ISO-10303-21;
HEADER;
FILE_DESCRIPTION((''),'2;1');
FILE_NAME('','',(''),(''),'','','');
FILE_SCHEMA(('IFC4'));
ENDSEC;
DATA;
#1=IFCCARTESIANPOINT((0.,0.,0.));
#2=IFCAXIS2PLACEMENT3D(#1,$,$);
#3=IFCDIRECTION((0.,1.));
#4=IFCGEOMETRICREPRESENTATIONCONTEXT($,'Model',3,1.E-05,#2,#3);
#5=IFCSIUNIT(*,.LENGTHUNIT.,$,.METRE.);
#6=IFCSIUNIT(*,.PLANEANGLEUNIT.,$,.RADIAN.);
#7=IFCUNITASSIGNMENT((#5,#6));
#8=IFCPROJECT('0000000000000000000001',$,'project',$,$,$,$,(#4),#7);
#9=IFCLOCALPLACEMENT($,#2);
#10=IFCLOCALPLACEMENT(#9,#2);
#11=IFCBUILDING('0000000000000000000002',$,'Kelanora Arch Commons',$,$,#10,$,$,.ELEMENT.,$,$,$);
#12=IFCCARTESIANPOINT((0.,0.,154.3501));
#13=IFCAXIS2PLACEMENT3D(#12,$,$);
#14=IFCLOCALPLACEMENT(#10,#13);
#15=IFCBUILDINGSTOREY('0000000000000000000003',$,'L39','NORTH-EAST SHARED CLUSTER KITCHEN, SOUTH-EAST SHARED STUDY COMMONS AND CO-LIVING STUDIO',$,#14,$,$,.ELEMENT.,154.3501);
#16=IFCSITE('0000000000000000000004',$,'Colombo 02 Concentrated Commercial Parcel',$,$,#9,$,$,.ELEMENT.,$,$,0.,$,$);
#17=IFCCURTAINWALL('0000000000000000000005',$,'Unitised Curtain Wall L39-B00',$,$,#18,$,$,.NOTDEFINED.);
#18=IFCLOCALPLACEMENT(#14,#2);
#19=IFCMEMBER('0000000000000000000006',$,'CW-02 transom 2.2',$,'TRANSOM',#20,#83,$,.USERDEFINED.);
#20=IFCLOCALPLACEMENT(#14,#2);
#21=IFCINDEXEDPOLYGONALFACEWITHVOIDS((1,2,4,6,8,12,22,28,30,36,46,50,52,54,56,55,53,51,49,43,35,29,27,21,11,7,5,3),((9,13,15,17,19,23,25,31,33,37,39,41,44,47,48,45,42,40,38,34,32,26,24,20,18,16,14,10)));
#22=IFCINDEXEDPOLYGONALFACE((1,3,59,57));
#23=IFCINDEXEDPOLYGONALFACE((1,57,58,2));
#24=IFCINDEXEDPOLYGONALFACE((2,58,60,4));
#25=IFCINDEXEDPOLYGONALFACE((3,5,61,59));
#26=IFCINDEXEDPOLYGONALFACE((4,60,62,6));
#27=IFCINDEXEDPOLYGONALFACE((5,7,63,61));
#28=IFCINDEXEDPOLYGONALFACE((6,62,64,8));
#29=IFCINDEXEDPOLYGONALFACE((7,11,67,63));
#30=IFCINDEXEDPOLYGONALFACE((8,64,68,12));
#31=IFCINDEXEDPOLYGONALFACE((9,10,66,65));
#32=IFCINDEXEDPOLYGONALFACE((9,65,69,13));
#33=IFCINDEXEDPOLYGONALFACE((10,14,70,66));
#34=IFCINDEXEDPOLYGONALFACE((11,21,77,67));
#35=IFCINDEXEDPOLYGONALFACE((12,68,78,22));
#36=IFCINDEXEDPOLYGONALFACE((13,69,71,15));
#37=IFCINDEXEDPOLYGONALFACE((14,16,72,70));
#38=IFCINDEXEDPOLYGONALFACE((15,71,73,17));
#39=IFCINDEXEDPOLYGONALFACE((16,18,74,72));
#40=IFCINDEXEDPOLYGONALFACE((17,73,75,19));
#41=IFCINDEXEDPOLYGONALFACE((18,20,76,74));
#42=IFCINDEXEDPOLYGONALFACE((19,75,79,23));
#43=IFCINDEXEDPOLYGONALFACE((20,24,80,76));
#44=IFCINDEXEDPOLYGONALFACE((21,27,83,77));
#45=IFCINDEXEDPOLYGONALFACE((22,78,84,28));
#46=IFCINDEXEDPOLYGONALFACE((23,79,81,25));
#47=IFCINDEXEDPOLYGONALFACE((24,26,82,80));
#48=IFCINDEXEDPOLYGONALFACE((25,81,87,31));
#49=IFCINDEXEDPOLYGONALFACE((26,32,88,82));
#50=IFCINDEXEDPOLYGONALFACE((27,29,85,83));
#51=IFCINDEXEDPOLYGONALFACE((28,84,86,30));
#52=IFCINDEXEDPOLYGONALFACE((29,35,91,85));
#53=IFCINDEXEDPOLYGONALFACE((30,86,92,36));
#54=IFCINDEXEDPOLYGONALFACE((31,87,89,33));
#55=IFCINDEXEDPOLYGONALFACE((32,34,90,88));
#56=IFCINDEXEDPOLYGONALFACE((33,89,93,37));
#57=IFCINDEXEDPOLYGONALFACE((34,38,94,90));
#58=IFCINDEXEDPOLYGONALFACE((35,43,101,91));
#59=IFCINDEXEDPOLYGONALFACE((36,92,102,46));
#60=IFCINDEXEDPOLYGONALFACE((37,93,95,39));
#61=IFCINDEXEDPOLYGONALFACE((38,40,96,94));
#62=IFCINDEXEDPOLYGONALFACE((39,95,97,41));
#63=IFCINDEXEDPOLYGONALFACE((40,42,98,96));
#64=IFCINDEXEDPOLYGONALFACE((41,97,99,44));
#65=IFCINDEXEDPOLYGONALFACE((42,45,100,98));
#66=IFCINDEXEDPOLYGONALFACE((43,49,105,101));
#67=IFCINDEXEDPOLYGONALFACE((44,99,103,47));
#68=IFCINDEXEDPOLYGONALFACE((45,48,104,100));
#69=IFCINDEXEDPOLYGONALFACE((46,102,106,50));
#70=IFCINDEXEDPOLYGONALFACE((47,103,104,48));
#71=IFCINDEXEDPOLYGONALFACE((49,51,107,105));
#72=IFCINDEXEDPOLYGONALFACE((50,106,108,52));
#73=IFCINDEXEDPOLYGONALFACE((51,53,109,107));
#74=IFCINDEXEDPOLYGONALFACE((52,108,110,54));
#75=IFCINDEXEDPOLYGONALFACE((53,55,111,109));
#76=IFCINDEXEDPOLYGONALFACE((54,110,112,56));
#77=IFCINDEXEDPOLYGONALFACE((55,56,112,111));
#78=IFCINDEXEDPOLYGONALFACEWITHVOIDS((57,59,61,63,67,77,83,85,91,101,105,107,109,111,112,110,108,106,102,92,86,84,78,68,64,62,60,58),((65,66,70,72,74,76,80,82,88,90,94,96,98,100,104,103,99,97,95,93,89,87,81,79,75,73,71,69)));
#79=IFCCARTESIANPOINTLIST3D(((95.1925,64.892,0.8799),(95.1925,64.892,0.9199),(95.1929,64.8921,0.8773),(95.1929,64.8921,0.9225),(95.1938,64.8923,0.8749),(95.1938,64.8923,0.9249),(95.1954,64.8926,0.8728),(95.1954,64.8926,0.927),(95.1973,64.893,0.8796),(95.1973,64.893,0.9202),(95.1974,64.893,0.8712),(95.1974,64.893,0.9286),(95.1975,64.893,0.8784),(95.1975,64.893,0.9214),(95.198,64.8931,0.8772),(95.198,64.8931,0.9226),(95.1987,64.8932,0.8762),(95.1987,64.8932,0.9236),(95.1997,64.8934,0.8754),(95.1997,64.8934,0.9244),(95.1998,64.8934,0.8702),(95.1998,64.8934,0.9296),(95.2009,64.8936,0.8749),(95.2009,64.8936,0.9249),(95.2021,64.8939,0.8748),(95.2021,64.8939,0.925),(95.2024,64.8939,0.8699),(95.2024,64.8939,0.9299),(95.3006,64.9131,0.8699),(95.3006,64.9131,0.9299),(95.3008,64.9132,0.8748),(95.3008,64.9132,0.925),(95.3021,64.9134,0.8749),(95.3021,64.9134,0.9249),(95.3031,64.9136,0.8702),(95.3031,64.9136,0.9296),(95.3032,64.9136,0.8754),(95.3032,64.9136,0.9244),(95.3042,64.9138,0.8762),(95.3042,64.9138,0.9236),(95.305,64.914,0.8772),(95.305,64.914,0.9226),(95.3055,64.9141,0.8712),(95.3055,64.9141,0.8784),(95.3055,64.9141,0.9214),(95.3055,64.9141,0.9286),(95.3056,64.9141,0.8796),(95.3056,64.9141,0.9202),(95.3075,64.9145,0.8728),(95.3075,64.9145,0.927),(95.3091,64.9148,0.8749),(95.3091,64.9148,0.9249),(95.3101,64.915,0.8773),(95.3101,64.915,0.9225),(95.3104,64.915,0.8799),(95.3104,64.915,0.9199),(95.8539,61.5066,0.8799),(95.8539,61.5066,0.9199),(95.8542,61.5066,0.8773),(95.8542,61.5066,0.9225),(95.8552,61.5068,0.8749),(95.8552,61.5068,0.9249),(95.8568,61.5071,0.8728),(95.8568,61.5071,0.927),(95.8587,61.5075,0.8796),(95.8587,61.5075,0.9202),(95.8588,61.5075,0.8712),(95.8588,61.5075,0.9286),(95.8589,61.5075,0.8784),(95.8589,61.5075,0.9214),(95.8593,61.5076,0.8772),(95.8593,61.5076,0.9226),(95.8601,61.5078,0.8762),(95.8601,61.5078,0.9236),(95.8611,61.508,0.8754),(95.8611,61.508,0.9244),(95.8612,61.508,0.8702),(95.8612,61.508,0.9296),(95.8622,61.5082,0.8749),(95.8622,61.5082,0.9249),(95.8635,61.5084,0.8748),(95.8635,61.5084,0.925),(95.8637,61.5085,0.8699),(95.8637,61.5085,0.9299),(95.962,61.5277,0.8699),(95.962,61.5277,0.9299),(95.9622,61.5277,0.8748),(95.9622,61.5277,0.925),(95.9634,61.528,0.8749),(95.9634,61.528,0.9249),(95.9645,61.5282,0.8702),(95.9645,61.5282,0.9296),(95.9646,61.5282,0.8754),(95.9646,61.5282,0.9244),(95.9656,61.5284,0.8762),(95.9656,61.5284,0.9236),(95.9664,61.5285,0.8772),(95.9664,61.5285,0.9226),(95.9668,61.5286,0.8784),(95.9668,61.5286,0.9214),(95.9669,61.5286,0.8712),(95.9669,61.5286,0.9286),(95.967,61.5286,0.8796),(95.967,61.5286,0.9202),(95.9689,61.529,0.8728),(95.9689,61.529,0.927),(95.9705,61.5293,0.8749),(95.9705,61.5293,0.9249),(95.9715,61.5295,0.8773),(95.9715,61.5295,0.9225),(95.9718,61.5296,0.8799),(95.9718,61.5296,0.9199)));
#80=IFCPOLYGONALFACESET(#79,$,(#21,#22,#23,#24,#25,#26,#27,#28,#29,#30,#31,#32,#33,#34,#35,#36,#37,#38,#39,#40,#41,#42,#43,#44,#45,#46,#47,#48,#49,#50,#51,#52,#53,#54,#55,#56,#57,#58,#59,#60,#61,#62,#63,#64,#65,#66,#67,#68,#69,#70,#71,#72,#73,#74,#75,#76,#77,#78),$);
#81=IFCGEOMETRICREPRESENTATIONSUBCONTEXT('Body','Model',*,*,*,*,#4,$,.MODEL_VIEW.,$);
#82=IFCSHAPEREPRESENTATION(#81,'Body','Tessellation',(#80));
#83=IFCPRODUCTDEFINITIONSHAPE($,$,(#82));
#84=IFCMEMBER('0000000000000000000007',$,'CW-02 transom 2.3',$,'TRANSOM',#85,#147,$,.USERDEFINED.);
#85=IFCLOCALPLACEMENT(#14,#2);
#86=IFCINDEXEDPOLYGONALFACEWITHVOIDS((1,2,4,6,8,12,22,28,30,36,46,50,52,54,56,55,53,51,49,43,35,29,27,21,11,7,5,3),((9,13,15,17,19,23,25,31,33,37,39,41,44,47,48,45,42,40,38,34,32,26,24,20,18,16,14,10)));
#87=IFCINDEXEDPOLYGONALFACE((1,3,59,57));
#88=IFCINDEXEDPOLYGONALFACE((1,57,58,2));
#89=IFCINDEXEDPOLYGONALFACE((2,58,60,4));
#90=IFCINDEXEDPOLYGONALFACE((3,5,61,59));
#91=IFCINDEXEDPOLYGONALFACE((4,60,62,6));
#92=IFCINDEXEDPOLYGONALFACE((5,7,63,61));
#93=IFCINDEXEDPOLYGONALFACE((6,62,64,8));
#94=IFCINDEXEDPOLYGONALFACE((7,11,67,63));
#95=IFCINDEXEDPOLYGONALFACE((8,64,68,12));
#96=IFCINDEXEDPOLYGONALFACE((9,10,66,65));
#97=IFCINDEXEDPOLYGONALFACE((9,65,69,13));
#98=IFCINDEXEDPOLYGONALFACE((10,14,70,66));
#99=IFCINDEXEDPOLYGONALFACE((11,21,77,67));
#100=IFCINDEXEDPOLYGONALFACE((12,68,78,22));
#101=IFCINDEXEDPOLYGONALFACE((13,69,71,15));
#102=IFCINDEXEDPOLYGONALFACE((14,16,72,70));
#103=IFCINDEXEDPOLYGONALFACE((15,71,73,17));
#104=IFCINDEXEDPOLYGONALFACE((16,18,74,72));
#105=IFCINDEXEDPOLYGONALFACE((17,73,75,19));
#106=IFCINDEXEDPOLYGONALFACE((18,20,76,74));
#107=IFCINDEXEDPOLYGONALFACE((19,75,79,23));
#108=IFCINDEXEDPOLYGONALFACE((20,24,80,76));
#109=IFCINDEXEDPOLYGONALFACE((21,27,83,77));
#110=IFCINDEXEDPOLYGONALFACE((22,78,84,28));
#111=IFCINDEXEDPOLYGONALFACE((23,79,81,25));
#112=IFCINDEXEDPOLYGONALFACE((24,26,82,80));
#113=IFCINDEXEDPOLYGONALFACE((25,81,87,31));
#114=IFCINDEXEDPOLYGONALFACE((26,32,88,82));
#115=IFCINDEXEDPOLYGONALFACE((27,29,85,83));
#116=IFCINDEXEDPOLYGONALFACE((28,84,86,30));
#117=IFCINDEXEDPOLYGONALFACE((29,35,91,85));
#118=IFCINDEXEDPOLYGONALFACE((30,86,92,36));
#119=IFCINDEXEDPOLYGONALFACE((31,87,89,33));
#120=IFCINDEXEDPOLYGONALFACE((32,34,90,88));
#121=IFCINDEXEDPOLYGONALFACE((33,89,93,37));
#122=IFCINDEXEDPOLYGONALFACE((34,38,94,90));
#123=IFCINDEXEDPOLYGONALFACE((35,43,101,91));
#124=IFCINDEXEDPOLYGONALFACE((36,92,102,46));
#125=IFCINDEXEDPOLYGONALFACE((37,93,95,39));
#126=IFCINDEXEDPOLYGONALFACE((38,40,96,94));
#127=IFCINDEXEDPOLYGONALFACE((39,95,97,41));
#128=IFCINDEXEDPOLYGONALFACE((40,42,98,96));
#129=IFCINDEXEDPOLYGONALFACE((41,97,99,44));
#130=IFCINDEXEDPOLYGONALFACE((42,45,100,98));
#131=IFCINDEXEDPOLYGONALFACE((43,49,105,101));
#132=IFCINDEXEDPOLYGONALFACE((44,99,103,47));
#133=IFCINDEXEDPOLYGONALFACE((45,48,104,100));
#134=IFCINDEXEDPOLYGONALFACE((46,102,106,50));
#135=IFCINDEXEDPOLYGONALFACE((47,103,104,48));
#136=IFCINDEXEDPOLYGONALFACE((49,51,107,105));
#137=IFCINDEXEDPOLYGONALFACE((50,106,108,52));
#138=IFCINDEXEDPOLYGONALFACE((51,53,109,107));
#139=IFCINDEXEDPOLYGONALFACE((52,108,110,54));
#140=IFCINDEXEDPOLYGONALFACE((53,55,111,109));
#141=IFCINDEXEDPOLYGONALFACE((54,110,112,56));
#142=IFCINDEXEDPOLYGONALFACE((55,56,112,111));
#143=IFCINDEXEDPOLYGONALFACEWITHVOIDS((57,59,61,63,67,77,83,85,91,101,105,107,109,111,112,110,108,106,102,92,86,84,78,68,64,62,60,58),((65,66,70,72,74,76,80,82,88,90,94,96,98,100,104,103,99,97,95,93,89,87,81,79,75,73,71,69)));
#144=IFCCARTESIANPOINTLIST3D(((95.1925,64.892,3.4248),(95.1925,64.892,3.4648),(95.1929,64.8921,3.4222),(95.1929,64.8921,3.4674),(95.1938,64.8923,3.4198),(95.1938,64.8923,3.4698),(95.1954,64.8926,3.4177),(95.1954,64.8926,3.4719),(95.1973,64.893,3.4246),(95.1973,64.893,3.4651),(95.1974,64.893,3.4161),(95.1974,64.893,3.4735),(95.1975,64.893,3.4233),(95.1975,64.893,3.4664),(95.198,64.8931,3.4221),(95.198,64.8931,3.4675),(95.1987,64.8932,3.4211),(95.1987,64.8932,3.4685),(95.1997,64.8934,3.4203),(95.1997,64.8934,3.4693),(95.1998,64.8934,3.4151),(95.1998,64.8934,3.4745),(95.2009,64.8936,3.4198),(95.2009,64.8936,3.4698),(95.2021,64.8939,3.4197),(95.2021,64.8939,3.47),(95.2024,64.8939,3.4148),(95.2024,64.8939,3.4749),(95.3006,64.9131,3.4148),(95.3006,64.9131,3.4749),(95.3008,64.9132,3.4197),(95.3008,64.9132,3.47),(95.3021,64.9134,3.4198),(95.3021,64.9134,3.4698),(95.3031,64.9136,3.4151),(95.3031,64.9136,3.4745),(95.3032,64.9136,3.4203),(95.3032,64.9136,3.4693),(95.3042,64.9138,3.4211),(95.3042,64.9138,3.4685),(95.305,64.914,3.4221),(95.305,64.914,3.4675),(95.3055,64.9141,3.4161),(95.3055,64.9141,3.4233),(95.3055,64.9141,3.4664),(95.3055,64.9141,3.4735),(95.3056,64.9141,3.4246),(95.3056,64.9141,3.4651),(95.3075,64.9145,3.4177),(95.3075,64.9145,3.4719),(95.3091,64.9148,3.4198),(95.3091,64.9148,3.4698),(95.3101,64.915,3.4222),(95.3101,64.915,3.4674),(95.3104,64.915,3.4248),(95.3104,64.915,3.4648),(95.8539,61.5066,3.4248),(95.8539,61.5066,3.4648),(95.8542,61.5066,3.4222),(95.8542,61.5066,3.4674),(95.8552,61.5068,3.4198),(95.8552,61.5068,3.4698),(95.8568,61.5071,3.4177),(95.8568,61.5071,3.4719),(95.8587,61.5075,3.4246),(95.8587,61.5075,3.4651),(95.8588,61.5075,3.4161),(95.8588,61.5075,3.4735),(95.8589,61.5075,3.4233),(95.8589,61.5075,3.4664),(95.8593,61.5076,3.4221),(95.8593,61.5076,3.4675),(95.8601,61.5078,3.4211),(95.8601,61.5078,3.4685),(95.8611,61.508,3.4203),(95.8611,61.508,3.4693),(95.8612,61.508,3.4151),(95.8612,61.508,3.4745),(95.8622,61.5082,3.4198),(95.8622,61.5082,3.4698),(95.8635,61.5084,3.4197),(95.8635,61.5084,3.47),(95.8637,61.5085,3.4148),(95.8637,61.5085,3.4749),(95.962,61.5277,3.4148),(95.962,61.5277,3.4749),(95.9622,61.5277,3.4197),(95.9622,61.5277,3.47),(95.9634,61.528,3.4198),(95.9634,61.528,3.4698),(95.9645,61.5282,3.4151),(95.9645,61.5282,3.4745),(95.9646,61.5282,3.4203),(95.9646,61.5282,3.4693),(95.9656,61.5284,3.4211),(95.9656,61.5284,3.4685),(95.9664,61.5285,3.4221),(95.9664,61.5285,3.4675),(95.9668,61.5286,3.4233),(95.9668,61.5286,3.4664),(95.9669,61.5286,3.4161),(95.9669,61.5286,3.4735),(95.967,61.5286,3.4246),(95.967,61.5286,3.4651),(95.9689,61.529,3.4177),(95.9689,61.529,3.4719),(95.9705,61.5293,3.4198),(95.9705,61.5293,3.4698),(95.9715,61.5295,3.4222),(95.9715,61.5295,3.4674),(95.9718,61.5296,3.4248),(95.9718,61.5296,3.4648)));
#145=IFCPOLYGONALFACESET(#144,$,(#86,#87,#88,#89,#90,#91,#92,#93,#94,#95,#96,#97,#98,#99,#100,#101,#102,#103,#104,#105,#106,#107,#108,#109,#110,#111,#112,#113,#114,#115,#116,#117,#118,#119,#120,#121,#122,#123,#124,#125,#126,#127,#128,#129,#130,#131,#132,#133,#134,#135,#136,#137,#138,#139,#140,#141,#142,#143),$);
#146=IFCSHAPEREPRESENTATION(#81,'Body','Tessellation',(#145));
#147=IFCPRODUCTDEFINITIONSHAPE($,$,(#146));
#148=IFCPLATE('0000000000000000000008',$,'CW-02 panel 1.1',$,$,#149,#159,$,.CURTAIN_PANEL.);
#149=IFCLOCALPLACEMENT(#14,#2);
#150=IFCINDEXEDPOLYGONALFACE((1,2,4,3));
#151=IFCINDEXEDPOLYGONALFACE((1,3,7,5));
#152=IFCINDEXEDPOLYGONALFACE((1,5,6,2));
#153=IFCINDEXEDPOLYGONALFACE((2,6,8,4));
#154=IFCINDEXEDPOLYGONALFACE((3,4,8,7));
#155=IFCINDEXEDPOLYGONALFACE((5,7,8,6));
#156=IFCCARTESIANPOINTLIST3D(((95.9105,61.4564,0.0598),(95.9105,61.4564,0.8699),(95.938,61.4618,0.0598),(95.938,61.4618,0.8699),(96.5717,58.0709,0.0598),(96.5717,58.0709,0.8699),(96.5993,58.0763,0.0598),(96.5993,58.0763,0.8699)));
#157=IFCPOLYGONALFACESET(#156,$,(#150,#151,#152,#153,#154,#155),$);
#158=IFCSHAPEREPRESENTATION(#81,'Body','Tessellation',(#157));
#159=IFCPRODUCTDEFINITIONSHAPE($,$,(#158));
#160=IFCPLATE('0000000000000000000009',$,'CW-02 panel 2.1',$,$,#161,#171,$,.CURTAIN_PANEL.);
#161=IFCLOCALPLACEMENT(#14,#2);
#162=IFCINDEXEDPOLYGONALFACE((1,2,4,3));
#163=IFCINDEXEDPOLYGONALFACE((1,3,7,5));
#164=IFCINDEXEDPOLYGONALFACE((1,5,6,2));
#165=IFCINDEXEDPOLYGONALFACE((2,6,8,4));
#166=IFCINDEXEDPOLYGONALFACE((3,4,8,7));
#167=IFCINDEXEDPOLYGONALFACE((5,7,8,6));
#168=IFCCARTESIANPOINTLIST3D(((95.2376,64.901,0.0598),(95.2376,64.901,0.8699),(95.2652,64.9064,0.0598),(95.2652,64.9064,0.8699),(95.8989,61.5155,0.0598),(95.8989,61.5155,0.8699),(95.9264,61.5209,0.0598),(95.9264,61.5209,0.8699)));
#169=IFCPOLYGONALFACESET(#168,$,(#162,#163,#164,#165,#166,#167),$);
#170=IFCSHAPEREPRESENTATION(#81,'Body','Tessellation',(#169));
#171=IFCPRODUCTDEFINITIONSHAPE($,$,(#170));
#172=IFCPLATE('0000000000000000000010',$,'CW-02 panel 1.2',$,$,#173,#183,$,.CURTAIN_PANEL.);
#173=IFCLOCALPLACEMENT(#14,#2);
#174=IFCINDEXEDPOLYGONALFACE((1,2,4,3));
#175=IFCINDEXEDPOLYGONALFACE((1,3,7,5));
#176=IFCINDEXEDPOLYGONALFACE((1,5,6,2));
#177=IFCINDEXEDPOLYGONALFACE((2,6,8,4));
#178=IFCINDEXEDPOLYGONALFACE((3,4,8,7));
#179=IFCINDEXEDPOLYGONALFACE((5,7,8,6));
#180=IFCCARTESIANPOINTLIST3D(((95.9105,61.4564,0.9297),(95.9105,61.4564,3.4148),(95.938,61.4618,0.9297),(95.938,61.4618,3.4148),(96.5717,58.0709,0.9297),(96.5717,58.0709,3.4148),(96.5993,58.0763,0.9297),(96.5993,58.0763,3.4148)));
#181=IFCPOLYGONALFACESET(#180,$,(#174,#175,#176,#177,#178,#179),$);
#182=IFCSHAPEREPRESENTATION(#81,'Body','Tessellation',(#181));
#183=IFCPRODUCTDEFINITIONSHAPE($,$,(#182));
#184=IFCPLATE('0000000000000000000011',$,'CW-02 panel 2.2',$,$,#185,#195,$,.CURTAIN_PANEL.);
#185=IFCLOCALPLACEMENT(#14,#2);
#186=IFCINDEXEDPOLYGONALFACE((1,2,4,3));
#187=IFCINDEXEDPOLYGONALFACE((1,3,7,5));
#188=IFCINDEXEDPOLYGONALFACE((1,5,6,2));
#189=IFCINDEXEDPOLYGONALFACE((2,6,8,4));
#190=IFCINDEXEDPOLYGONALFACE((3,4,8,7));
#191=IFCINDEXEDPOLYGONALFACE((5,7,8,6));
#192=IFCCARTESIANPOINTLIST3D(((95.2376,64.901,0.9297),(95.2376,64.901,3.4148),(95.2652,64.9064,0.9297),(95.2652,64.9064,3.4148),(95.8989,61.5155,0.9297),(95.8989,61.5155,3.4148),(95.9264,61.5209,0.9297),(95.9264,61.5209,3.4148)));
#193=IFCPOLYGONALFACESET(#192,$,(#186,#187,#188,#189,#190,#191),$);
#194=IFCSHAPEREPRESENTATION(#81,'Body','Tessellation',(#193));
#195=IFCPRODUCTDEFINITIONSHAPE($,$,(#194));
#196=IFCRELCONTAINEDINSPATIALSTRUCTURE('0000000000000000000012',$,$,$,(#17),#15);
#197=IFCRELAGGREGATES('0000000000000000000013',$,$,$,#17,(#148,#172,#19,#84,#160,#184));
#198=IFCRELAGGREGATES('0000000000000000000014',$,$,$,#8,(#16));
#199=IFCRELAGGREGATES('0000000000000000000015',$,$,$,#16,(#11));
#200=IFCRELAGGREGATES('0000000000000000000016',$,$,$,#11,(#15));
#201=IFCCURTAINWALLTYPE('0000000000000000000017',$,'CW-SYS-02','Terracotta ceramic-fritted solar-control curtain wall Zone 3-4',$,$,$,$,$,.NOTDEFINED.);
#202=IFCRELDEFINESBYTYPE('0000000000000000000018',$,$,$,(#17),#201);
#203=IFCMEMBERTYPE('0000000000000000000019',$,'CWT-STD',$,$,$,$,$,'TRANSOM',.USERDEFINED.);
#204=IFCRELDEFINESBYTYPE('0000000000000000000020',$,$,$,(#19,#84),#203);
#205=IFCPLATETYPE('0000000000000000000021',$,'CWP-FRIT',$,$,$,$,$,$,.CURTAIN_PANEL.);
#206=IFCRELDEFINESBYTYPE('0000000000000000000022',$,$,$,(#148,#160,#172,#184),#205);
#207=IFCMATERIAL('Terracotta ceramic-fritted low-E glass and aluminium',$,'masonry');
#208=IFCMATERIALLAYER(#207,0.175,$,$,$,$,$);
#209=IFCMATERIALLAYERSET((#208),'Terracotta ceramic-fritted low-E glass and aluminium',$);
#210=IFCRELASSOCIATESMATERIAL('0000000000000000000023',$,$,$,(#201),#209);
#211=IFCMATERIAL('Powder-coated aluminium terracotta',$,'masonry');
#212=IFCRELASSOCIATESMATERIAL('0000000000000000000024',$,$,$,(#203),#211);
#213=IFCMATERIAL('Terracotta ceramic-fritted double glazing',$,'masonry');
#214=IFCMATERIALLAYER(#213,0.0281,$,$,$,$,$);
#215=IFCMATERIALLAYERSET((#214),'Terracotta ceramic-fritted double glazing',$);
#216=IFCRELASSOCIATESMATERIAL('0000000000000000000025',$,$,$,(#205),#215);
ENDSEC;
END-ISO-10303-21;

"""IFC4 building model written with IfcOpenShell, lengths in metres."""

from ifc_helpers import new_model, si_unit, direction, frame, origin, origin_2d, place, context, subcontext, project, spatial, rectangle, hollow_rectangle, extrude, source, transform, mapped, material, layer, layer_set, material_profile, profile_set, type_object, element, aggregate, save


model = new_model("IFC4")

# Units and contexts
model_context = context("Model", 3, precision=1e-05, world=origin(), true_north=direction((0.0, 1.0)))
body_context = subcontext(model_context, "Body", "Model", "MODEL_VIEW")
ifc_project = project(units=[si_unit("LENGTHUNIT", "METRE"), si_unit("PLANEANGLEUNIT", "RADIAN")], contexts=[model_context])

# Site, building, storey
site_placement = place(None, origin())
site = spatial("IfcSite", under=ifc_project, at=site_placement, Name="Colombo 02 Concentrated Commercial Parcel", CompositionType="ELEMENT", RefElevation=0.0)
building_placement = place(site_placement, origin())
building = spatial("IfcBuilding", under=site, at=building_placement, Name="Kelanora Arch Commons", CompositionType="ELEMENT")
storey_placement = place(building_placement, frame((0.0, 0.0, 154.3501)))
storey = spatial("IfcBuildingStorey", under=building, at=storey_placement, Name="L39", Description="NORTH-EAST SHARED CLUSTER KITCHEN, SOUTH-EAST SHARED STUDY COMMONS AND CO-LIVING STUDIO", CompositionType="ELEMENT", Elevation=154.3501)

# Curtain wall, members, plates
ifc_material_1 = material(Name="Terracotta ceramic-fritted low-E glass and aluminium", Category="masonry")
ifc_layer_1 = layer(ifc_material_1, 0.175)
ifc_layer_set_1 = layer_set([ifc_layer_1], Name="Terracotta ceramic-fritted low-E glass and aluminium")
curtain_wall_type = type_object("IfcCurtainWallType", Name="CW-SYS-02", Description="Terracotta ceramic-fritted solar-control curtain wall Zone 3-4", PredefinedType="NOTDEFINED", material=ifc_layer_set_1)
curtain_wall_placement = place(storey_placement, origin())
curtain_wall = element("IfcCurtainWall", 1, at=curtain_wall_placement, inside=storey, type_object=curtain_wall_type, Name="Unitised Curtain Wall L39-B00", PredefinedType="NOTDEFINED")
ifc_material_2 = material(Name="Powder-coated aluminium terracotta", Category="masonry")
ifc_material_profile_1 = material_profile(ifc_material_2, hollow_rectangle(XDim=0.1201, YDim=0.0601, WallThickness=0.0049, InnerFilletRadius=0.0049, OuterFilletRadius=0.01, at=origin_2d()), Name="CWT120x60")
ifc_profile_set_1 = profile_set([ifc_material_profile_1], Name="Powder-coated aluminium terracotta")
member_type_1 = type_object("IfcMemberType", Name="CWT-STD", ElementType="TRANSOM", PredefinedType="USERDEFINED", material=ifc_profile_set_1)
member_1_placement = place(storey_placement, frame((95.9128, 61.5181, 0.8999), z_axis=(-0.191732, 0.981447, 0.0), x_axis=(-0.981447, -0.191732, 0.0)))
member_1 = element("IfcMember", 2, at=member_1_placement, type_object=member_type_1, Name="CW-02 transom 2.2", ObjectType="TRANSOM", PredefinedType="USERDEFINED", context=body_context, shape_type="SweptSolid", body=[
    extrude(hollow_rectangle(XDim=0.1201, YDim=0.0601, WallThickness=0.0049, InnerFilletRadius=0.0049, OuterFilletRadius=0.01, at=origin_2d()), origin(), (0.0, 0.0, 1.0), 3.4495),
])
member_2_placement = place(storey_placement, frame((95.9128, 61.5181, 3.4448), z_axis=(-0.191732, 0.981447, 0.0), x_axis=(-0.981447, -0.191732, 0.0)))
member_2 = element("IfcMember", 3, at=member_2_placement, type_object=member_type_1, Name="CW-02 transom 2.3", ObjectType="TRANSOM", PredefinedType="USERDEFINED", context=body_context, shape_type="SweptSolid", body=[
    extrude(hollow_rectangle(XDim=0.1201, YDim=0.0601, WallThickness=0.0049, InnerFilletRadius=0.0049, OuterFilletRadius=0.01, at=origin_2d()), origin(), (0.0, 0.0, 1.0), 3.4495),
])
ifc_material_3 = material(Name="Terracotta ceramic-fritted double glazing", Category="masonry")
ifc_layer_2 = layer(ifc_material_3, 0.0281)
ifc_layer_set_2 = layer_set([ifc_layer_2], Name="Terracotta ceramic-fritted double glazing")
plate_type = type_object("IfcPlateType", Name="CWP-FRIT", PredefinedType="CURTAIN_PANEL", material=ifc_layer_set_2)
shared_shape_1 = source(origin(), body_context, "Body", "SweptSolid", [
    extrude(rectangle(XDim=3.4495, YDim=0.0281, at=origin_2d()), origin(), (0.0, 0.0, 1.0), 0.8101),
])
plate_1_placement = place(storey_placement, frame((96.2549, 59.7664, 0.0598), z_axis=(0.0, 0.0, 1.0), x_axis=(-0.191705, 0.981453, 0.0)))
plate_1 = element("IfcPlate", 4, at=plate_1_placement, type_object=plate_type, Name="CW-02 panel 1.1", PredefinedType="CURTAIN_PANEL", context=body_context, shape_type="MappedRepresentation", body=[
    mapped(shared_shape_1, transform((0.0, 0.0, 0.0), scale=1.0)),
])
plate_2_placement = place(storey_placement, frame((95.582, 63.2109, 0.0598), z_axis=(0.0, 0.0, 1.0), x_axis=(-0.191705, 0.981453, 0.0)))
plate_2 = element("IfcPlate", 5, at=plate_2_placement, type_object=plate_type, Name="CW-02 panel 2.1", PredefinedType="CURTAIN_PANEL", context=body_context, shape_type="MappedRepresentation", body=[
    mapped(shared_shape_1, transform((0.0, 0.0, 0.0), scale=1.0)),
])
shared_shape_2 = source(origin(), body_context, "Body", "SweptSolid", [
    extrude(rectangle(XDim=3.4495, YDim=0.0281, at=origin_2d()), origin(), (0.0, 0.0, 1.0), 2.4851),
])
plate_3_placement = place(storey_placement, frame((96.2549, 59.7664, 0.9297), z_axis=(0.0, 0.0, 1.0), x_axis=(-0.191705, 0.981453, 0.0)))
plate_3 = element("IfcPlate", 6, at=plate_3_placement, type_object=plate_type, Name="CW-02 panel 1.2", PredefinedType="CURTAIN_PANEL", context=body_context, shape_type="MappedRepresentation", body=[
    mapped(shared_shape_2, transform((0.0, 0.0, 0.0), scale=1.0)),
])
plate_4_placement = place(storey_placement, frame((95.582, 63.2109, 0.9297), z_axis=(0.0, 0.0, 1.0), x_axis=(-0.191705, 0.981453, 0.0)))
plate_4 = element("IfcPlate", 7, at=plate_4_placement, type_object=plate_type, Name="CW-02 panel 2.2", PredefinedType="CURTAIN_PANEL", context=body_context, shape_type="MappedRepresentation", body=[
    mapped(shared_shape_2, transform((0.0, 0.0, 0.0), scale=1.0)),
])
aggregate(curtain_wall, [plate_1, plate_3, member_1, member_2, plate_2, plate_4])

save(model, "model.ifc")
